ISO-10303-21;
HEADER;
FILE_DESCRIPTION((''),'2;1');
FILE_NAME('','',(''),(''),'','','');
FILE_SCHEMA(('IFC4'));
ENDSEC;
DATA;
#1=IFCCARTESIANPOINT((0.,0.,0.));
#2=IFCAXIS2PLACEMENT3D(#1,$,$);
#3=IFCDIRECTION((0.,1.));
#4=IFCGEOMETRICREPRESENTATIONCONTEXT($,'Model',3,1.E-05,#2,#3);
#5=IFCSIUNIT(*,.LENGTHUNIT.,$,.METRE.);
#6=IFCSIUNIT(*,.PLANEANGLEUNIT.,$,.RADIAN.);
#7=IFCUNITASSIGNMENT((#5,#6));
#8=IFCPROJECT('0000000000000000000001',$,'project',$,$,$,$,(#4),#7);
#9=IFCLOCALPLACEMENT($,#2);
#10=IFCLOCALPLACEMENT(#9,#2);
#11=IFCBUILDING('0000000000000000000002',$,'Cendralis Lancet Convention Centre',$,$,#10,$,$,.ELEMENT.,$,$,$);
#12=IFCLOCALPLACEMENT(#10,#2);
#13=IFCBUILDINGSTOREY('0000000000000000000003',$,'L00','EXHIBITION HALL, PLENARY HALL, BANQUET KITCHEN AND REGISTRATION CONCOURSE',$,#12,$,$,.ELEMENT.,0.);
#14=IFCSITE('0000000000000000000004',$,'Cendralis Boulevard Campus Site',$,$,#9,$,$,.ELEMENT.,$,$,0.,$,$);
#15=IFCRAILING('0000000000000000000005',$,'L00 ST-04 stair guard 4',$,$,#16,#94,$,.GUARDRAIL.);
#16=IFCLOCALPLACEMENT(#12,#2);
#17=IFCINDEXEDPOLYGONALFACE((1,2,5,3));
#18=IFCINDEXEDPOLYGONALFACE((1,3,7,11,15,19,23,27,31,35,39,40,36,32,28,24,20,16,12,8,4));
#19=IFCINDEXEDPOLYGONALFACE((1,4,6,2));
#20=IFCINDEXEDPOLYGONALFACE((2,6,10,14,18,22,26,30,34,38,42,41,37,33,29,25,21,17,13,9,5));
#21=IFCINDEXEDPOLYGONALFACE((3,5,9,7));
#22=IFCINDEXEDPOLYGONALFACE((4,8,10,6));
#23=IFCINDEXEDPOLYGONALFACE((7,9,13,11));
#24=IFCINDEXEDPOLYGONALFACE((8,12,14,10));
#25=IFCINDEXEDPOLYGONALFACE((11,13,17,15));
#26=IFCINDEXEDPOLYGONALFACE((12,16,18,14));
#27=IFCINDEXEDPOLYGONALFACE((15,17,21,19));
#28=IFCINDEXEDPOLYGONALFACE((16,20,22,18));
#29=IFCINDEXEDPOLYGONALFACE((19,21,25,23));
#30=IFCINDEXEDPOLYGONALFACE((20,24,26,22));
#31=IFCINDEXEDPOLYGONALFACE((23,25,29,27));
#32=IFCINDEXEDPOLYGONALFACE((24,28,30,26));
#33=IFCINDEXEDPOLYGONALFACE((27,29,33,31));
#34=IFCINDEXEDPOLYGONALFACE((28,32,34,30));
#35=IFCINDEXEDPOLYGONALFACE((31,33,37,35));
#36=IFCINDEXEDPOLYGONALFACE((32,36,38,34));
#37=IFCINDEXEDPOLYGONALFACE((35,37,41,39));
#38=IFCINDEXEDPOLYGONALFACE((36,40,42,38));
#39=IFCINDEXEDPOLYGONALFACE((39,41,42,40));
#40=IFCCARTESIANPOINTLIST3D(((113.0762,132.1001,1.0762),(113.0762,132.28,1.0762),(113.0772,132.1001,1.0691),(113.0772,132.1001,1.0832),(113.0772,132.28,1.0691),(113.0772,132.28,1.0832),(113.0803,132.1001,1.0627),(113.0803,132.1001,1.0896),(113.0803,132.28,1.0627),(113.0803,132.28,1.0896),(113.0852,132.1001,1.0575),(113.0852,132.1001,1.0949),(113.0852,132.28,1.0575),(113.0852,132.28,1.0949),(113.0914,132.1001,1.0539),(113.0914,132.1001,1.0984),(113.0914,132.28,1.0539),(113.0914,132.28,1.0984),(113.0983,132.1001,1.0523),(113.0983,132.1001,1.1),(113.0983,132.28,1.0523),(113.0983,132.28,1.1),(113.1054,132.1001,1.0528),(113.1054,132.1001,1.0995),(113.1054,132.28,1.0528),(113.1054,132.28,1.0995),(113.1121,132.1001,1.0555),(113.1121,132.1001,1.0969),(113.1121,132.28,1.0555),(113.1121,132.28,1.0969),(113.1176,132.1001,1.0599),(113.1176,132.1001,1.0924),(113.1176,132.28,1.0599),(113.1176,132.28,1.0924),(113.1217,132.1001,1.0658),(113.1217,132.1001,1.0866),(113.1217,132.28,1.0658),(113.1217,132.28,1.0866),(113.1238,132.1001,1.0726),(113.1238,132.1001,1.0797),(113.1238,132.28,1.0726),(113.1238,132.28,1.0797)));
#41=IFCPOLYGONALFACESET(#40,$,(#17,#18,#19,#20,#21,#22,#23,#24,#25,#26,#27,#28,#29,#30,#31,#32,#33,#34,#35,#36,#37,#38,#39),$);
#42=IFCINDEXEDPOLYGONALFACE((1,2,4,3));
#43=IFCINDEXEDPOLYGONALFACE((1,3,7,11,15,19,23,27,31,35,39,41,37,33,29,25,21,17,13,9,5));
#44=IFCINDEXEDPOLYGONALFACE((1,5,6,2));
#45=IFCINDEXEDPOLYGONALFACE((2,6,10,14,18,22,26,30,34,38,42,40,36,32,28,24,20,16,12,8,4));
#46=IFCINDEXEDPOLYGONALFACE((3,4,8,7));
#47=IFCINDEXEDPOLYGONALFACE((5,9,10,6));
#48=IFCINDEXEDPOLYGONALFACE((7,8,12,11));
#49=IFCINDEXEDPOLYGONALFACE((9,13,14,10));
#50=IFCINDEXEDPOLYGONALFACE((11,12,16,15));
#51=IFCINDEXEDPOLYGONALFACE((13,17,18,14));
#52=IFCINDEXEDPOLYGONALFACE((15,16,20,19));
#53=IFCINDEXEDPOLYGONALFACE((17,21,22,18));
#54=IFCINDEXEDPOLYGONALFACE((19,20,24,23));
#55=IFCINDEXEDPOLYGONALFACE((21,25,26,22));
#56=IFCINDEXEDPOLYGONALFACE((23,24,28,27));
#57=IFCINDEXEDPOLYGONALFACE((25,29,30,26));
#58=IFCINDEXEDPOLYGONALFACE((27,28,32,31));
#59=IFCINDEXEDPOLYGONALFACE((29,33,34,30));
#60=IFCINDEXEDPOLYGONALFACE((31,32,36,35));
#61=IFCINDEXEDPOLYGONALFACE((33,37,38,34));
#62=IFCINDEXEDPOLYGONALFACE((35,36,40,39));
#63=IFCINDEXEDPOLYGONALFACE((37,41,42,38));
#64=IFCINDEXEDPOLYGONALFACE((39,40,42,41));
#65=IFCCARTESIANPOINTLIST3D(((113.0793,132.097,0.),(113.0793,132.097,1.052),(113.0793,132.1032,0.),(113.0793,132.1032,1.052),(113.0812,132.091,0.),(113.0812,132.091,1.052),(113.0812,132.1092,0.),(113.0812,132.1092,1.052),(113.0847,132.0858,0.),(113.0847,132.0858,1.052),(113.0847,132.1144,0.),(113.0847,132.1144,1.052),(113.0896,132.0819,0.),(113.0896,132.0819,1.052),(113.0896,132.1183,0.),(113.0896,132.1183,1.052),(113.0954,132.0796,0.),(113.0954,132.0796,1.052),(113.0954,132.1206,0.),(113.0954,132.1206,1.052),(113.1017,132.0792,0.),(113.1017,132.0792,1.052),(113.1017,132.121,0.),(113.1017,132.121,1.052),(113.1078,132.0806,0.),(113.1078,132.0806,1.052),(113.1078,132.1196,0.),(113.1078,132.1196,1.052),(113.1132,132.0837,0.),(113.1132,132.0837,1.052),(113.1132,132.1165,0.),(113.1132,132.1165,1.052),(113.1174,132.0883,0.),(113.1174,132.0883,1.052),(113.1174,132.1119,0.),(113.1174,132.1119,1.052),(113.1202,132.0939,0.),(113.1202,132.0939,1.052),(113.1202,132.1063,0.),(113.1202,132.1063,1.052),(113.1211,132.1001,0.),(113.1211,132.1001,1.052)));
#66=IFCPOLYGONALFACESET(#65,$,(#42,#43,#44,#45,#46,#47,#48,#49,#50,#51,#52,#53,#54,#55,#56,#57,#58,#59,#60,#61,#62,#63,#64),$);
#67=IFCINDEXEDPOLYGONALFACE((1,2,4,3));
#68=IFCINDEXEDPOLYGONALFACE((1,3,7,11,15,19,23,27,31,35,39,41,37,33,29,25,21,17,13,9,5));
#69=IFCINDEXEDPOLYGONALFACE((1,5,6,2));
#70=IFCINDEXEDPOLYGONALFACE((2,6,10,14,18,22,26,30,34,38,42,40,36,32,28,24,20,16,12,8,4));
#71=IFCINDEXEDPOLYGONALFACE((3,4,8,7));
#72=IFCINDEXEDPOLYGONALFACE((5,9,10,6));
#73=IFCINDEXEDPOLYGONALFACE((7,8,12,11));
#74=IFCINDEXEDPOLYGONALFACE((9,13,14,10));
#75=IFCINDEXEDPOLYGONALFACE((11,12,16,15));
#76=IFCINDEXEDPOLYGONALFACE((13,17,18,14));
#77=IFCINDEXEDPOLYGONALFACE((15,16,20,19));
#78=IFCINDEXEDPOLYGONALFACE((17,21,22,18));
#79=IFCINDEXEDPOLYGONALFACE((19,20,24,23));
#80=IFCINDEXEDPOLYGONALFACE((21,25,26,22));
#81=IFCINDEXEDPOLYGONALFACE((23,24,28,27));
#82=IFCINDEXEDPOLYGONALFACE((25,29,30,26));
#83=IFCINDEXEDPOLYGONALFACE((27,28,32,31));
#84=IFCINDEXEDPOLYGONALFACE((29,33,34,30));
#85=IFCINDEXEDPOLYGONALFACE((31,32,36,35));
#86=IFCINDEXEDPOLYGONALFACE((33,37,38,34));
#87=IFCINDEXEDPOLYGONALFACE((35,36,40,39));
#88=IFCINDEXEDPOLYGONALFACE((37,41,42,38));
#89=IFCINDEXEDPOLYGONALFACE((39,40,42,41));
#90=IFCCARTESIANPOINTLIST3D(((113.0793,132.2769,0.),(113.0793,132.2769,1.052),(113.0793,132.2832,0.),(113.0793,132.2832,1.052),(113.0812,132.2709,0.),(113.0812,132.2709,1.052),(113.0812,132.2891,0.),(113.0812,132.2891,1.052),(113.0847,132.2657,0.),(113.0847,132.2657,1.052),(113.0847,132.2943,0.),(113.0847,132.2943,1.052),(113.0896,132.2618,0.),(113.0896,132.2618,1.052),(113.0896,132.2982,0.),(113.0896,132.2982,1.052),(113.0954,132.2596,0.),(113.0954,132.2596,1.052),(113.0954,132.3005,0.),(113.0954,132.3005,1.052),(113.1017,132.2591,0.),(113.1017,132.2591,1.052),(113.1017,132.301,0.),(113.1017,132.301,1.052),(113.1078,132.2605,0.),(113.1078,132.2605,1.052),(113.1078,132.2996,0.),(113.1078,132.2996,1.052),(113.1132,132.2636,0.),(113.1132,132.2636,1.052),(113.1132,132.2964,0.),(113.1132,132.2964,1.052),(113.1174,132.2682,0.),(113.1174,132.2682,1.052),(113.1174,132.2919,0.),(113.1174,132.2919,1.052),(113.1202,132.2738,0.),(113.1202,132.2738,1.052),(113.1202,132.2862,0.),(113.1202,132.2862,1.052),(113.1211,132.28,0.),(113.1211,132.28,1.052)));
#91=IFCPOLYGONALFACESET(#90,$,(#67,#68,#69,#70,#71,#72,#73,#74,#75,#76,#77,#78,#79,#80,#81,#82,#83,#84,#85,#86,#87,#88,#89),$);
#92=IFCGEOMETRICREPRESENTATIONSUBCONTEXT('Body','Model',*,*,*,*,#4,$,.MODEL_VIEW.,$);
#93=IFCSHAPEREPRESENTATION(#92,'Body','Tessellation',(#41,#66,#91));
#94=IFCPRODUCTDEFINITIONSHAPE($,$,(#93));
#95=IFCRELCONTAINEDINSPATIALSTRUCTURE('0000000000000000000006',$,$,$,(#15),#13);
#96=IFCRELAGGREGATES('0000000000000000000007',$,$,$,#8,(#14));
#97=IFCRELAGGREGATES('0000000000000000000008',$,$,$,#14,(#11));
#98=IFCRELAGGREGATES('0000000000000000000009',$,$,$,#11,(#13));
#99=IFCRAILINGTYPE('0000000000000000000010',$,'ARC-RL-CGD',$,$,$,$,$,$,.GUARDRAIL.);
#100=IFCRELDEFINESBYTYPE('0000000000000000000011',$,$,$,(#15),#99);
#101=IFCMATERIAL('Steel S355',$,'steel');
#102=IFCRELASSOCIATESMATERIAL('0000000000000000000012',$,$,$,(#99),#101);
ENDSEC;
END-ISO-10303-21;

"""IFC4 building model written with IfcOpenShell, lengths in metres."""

from ifc_helpers import new_model, si_unit, direction, frame, origin, origin_2d, place, context, subcontext, project, spatial, circle, extrude, material, type_object, element, save


model = new_model("IFC4")

# Units and contexts
model_context = context("Model", 3, precision=1e-05, world=origin(), true_north=direction((0.0, 1.0)))
body_context = subcontext(model_context, "Body", "Model", "MODEL_VIEW")
ifc_project = project(units=[si_unit("LENGTHUNIT", "METRE"), si_unit("PLANEANGLEUNIT", "RADIAN")], contexts=[model_context])

# Site, building, storey
site_placement = place(None, origin())
site = spatial("IfcSite", under=ifc_project, at=site_placement, Name="Cendralis Boulevard Campus Site", CompositionType="ELEMENT", RefElevation=0.0)
building_placement = place(site_placement, origin())
building = spatial("IfcBuilding", under=site, at=building_placement, Name="Cendralis Lancet Convention Centre", CompositionType="ELEMENT")
storey_placement = place(building_placement, origin())
storey = spatial("IfcBuildingStorey", under=building, at=storey_placement, Name="L00", Description="EXHIBITION HALL, PLENARY HALL, BANQUET KITCHEN AND REGISTRATION CONCOURSE", CompositionType="ELEMENT", Elevation=0.0)

# Shared definitions
ifc_material_1 = material(Name="Steel S355", Category="steel")

# Railing
railing_type_1 = type_object("IfcRailingType", Name="ARC-RL-CGD", PredefinedType="GUARDRAIL", material=ifc_material_1)
railing_1_placement = place(storey_placement, frame((113.1001, 132.1001, 0.0)))
element("IfcRailing", 1, at=railing_1_placement, inside=storey, type_object=railing_type_1, Name="L00 ST-04 stair guard 4", PredefinedType="GUARDRAIL", context=body_context, shape_type="SweptSolid", body=[
    extrude(circle(Radius=0.0239, at=origin_2d()), frame((0.0, 0.0, 1.0762), z_axis=(0.0, 1.0, 0.0), x_axis=(-1.0, 0.0, 0.0)), (0.0, 0.0, 1.0), 0.1799),
    extrude(circle(Radius=0.021, at=origin_2d()), origin(), (0.0, 0.0, 1.0), 1.052),
    extrude(circle(Radius=0.021, at=origin_2d()), frame((0.0, 0.1799, 0.0)), (0.0, 0.0, 1.0), 1.052),
])

save(model, "model.ifc")
